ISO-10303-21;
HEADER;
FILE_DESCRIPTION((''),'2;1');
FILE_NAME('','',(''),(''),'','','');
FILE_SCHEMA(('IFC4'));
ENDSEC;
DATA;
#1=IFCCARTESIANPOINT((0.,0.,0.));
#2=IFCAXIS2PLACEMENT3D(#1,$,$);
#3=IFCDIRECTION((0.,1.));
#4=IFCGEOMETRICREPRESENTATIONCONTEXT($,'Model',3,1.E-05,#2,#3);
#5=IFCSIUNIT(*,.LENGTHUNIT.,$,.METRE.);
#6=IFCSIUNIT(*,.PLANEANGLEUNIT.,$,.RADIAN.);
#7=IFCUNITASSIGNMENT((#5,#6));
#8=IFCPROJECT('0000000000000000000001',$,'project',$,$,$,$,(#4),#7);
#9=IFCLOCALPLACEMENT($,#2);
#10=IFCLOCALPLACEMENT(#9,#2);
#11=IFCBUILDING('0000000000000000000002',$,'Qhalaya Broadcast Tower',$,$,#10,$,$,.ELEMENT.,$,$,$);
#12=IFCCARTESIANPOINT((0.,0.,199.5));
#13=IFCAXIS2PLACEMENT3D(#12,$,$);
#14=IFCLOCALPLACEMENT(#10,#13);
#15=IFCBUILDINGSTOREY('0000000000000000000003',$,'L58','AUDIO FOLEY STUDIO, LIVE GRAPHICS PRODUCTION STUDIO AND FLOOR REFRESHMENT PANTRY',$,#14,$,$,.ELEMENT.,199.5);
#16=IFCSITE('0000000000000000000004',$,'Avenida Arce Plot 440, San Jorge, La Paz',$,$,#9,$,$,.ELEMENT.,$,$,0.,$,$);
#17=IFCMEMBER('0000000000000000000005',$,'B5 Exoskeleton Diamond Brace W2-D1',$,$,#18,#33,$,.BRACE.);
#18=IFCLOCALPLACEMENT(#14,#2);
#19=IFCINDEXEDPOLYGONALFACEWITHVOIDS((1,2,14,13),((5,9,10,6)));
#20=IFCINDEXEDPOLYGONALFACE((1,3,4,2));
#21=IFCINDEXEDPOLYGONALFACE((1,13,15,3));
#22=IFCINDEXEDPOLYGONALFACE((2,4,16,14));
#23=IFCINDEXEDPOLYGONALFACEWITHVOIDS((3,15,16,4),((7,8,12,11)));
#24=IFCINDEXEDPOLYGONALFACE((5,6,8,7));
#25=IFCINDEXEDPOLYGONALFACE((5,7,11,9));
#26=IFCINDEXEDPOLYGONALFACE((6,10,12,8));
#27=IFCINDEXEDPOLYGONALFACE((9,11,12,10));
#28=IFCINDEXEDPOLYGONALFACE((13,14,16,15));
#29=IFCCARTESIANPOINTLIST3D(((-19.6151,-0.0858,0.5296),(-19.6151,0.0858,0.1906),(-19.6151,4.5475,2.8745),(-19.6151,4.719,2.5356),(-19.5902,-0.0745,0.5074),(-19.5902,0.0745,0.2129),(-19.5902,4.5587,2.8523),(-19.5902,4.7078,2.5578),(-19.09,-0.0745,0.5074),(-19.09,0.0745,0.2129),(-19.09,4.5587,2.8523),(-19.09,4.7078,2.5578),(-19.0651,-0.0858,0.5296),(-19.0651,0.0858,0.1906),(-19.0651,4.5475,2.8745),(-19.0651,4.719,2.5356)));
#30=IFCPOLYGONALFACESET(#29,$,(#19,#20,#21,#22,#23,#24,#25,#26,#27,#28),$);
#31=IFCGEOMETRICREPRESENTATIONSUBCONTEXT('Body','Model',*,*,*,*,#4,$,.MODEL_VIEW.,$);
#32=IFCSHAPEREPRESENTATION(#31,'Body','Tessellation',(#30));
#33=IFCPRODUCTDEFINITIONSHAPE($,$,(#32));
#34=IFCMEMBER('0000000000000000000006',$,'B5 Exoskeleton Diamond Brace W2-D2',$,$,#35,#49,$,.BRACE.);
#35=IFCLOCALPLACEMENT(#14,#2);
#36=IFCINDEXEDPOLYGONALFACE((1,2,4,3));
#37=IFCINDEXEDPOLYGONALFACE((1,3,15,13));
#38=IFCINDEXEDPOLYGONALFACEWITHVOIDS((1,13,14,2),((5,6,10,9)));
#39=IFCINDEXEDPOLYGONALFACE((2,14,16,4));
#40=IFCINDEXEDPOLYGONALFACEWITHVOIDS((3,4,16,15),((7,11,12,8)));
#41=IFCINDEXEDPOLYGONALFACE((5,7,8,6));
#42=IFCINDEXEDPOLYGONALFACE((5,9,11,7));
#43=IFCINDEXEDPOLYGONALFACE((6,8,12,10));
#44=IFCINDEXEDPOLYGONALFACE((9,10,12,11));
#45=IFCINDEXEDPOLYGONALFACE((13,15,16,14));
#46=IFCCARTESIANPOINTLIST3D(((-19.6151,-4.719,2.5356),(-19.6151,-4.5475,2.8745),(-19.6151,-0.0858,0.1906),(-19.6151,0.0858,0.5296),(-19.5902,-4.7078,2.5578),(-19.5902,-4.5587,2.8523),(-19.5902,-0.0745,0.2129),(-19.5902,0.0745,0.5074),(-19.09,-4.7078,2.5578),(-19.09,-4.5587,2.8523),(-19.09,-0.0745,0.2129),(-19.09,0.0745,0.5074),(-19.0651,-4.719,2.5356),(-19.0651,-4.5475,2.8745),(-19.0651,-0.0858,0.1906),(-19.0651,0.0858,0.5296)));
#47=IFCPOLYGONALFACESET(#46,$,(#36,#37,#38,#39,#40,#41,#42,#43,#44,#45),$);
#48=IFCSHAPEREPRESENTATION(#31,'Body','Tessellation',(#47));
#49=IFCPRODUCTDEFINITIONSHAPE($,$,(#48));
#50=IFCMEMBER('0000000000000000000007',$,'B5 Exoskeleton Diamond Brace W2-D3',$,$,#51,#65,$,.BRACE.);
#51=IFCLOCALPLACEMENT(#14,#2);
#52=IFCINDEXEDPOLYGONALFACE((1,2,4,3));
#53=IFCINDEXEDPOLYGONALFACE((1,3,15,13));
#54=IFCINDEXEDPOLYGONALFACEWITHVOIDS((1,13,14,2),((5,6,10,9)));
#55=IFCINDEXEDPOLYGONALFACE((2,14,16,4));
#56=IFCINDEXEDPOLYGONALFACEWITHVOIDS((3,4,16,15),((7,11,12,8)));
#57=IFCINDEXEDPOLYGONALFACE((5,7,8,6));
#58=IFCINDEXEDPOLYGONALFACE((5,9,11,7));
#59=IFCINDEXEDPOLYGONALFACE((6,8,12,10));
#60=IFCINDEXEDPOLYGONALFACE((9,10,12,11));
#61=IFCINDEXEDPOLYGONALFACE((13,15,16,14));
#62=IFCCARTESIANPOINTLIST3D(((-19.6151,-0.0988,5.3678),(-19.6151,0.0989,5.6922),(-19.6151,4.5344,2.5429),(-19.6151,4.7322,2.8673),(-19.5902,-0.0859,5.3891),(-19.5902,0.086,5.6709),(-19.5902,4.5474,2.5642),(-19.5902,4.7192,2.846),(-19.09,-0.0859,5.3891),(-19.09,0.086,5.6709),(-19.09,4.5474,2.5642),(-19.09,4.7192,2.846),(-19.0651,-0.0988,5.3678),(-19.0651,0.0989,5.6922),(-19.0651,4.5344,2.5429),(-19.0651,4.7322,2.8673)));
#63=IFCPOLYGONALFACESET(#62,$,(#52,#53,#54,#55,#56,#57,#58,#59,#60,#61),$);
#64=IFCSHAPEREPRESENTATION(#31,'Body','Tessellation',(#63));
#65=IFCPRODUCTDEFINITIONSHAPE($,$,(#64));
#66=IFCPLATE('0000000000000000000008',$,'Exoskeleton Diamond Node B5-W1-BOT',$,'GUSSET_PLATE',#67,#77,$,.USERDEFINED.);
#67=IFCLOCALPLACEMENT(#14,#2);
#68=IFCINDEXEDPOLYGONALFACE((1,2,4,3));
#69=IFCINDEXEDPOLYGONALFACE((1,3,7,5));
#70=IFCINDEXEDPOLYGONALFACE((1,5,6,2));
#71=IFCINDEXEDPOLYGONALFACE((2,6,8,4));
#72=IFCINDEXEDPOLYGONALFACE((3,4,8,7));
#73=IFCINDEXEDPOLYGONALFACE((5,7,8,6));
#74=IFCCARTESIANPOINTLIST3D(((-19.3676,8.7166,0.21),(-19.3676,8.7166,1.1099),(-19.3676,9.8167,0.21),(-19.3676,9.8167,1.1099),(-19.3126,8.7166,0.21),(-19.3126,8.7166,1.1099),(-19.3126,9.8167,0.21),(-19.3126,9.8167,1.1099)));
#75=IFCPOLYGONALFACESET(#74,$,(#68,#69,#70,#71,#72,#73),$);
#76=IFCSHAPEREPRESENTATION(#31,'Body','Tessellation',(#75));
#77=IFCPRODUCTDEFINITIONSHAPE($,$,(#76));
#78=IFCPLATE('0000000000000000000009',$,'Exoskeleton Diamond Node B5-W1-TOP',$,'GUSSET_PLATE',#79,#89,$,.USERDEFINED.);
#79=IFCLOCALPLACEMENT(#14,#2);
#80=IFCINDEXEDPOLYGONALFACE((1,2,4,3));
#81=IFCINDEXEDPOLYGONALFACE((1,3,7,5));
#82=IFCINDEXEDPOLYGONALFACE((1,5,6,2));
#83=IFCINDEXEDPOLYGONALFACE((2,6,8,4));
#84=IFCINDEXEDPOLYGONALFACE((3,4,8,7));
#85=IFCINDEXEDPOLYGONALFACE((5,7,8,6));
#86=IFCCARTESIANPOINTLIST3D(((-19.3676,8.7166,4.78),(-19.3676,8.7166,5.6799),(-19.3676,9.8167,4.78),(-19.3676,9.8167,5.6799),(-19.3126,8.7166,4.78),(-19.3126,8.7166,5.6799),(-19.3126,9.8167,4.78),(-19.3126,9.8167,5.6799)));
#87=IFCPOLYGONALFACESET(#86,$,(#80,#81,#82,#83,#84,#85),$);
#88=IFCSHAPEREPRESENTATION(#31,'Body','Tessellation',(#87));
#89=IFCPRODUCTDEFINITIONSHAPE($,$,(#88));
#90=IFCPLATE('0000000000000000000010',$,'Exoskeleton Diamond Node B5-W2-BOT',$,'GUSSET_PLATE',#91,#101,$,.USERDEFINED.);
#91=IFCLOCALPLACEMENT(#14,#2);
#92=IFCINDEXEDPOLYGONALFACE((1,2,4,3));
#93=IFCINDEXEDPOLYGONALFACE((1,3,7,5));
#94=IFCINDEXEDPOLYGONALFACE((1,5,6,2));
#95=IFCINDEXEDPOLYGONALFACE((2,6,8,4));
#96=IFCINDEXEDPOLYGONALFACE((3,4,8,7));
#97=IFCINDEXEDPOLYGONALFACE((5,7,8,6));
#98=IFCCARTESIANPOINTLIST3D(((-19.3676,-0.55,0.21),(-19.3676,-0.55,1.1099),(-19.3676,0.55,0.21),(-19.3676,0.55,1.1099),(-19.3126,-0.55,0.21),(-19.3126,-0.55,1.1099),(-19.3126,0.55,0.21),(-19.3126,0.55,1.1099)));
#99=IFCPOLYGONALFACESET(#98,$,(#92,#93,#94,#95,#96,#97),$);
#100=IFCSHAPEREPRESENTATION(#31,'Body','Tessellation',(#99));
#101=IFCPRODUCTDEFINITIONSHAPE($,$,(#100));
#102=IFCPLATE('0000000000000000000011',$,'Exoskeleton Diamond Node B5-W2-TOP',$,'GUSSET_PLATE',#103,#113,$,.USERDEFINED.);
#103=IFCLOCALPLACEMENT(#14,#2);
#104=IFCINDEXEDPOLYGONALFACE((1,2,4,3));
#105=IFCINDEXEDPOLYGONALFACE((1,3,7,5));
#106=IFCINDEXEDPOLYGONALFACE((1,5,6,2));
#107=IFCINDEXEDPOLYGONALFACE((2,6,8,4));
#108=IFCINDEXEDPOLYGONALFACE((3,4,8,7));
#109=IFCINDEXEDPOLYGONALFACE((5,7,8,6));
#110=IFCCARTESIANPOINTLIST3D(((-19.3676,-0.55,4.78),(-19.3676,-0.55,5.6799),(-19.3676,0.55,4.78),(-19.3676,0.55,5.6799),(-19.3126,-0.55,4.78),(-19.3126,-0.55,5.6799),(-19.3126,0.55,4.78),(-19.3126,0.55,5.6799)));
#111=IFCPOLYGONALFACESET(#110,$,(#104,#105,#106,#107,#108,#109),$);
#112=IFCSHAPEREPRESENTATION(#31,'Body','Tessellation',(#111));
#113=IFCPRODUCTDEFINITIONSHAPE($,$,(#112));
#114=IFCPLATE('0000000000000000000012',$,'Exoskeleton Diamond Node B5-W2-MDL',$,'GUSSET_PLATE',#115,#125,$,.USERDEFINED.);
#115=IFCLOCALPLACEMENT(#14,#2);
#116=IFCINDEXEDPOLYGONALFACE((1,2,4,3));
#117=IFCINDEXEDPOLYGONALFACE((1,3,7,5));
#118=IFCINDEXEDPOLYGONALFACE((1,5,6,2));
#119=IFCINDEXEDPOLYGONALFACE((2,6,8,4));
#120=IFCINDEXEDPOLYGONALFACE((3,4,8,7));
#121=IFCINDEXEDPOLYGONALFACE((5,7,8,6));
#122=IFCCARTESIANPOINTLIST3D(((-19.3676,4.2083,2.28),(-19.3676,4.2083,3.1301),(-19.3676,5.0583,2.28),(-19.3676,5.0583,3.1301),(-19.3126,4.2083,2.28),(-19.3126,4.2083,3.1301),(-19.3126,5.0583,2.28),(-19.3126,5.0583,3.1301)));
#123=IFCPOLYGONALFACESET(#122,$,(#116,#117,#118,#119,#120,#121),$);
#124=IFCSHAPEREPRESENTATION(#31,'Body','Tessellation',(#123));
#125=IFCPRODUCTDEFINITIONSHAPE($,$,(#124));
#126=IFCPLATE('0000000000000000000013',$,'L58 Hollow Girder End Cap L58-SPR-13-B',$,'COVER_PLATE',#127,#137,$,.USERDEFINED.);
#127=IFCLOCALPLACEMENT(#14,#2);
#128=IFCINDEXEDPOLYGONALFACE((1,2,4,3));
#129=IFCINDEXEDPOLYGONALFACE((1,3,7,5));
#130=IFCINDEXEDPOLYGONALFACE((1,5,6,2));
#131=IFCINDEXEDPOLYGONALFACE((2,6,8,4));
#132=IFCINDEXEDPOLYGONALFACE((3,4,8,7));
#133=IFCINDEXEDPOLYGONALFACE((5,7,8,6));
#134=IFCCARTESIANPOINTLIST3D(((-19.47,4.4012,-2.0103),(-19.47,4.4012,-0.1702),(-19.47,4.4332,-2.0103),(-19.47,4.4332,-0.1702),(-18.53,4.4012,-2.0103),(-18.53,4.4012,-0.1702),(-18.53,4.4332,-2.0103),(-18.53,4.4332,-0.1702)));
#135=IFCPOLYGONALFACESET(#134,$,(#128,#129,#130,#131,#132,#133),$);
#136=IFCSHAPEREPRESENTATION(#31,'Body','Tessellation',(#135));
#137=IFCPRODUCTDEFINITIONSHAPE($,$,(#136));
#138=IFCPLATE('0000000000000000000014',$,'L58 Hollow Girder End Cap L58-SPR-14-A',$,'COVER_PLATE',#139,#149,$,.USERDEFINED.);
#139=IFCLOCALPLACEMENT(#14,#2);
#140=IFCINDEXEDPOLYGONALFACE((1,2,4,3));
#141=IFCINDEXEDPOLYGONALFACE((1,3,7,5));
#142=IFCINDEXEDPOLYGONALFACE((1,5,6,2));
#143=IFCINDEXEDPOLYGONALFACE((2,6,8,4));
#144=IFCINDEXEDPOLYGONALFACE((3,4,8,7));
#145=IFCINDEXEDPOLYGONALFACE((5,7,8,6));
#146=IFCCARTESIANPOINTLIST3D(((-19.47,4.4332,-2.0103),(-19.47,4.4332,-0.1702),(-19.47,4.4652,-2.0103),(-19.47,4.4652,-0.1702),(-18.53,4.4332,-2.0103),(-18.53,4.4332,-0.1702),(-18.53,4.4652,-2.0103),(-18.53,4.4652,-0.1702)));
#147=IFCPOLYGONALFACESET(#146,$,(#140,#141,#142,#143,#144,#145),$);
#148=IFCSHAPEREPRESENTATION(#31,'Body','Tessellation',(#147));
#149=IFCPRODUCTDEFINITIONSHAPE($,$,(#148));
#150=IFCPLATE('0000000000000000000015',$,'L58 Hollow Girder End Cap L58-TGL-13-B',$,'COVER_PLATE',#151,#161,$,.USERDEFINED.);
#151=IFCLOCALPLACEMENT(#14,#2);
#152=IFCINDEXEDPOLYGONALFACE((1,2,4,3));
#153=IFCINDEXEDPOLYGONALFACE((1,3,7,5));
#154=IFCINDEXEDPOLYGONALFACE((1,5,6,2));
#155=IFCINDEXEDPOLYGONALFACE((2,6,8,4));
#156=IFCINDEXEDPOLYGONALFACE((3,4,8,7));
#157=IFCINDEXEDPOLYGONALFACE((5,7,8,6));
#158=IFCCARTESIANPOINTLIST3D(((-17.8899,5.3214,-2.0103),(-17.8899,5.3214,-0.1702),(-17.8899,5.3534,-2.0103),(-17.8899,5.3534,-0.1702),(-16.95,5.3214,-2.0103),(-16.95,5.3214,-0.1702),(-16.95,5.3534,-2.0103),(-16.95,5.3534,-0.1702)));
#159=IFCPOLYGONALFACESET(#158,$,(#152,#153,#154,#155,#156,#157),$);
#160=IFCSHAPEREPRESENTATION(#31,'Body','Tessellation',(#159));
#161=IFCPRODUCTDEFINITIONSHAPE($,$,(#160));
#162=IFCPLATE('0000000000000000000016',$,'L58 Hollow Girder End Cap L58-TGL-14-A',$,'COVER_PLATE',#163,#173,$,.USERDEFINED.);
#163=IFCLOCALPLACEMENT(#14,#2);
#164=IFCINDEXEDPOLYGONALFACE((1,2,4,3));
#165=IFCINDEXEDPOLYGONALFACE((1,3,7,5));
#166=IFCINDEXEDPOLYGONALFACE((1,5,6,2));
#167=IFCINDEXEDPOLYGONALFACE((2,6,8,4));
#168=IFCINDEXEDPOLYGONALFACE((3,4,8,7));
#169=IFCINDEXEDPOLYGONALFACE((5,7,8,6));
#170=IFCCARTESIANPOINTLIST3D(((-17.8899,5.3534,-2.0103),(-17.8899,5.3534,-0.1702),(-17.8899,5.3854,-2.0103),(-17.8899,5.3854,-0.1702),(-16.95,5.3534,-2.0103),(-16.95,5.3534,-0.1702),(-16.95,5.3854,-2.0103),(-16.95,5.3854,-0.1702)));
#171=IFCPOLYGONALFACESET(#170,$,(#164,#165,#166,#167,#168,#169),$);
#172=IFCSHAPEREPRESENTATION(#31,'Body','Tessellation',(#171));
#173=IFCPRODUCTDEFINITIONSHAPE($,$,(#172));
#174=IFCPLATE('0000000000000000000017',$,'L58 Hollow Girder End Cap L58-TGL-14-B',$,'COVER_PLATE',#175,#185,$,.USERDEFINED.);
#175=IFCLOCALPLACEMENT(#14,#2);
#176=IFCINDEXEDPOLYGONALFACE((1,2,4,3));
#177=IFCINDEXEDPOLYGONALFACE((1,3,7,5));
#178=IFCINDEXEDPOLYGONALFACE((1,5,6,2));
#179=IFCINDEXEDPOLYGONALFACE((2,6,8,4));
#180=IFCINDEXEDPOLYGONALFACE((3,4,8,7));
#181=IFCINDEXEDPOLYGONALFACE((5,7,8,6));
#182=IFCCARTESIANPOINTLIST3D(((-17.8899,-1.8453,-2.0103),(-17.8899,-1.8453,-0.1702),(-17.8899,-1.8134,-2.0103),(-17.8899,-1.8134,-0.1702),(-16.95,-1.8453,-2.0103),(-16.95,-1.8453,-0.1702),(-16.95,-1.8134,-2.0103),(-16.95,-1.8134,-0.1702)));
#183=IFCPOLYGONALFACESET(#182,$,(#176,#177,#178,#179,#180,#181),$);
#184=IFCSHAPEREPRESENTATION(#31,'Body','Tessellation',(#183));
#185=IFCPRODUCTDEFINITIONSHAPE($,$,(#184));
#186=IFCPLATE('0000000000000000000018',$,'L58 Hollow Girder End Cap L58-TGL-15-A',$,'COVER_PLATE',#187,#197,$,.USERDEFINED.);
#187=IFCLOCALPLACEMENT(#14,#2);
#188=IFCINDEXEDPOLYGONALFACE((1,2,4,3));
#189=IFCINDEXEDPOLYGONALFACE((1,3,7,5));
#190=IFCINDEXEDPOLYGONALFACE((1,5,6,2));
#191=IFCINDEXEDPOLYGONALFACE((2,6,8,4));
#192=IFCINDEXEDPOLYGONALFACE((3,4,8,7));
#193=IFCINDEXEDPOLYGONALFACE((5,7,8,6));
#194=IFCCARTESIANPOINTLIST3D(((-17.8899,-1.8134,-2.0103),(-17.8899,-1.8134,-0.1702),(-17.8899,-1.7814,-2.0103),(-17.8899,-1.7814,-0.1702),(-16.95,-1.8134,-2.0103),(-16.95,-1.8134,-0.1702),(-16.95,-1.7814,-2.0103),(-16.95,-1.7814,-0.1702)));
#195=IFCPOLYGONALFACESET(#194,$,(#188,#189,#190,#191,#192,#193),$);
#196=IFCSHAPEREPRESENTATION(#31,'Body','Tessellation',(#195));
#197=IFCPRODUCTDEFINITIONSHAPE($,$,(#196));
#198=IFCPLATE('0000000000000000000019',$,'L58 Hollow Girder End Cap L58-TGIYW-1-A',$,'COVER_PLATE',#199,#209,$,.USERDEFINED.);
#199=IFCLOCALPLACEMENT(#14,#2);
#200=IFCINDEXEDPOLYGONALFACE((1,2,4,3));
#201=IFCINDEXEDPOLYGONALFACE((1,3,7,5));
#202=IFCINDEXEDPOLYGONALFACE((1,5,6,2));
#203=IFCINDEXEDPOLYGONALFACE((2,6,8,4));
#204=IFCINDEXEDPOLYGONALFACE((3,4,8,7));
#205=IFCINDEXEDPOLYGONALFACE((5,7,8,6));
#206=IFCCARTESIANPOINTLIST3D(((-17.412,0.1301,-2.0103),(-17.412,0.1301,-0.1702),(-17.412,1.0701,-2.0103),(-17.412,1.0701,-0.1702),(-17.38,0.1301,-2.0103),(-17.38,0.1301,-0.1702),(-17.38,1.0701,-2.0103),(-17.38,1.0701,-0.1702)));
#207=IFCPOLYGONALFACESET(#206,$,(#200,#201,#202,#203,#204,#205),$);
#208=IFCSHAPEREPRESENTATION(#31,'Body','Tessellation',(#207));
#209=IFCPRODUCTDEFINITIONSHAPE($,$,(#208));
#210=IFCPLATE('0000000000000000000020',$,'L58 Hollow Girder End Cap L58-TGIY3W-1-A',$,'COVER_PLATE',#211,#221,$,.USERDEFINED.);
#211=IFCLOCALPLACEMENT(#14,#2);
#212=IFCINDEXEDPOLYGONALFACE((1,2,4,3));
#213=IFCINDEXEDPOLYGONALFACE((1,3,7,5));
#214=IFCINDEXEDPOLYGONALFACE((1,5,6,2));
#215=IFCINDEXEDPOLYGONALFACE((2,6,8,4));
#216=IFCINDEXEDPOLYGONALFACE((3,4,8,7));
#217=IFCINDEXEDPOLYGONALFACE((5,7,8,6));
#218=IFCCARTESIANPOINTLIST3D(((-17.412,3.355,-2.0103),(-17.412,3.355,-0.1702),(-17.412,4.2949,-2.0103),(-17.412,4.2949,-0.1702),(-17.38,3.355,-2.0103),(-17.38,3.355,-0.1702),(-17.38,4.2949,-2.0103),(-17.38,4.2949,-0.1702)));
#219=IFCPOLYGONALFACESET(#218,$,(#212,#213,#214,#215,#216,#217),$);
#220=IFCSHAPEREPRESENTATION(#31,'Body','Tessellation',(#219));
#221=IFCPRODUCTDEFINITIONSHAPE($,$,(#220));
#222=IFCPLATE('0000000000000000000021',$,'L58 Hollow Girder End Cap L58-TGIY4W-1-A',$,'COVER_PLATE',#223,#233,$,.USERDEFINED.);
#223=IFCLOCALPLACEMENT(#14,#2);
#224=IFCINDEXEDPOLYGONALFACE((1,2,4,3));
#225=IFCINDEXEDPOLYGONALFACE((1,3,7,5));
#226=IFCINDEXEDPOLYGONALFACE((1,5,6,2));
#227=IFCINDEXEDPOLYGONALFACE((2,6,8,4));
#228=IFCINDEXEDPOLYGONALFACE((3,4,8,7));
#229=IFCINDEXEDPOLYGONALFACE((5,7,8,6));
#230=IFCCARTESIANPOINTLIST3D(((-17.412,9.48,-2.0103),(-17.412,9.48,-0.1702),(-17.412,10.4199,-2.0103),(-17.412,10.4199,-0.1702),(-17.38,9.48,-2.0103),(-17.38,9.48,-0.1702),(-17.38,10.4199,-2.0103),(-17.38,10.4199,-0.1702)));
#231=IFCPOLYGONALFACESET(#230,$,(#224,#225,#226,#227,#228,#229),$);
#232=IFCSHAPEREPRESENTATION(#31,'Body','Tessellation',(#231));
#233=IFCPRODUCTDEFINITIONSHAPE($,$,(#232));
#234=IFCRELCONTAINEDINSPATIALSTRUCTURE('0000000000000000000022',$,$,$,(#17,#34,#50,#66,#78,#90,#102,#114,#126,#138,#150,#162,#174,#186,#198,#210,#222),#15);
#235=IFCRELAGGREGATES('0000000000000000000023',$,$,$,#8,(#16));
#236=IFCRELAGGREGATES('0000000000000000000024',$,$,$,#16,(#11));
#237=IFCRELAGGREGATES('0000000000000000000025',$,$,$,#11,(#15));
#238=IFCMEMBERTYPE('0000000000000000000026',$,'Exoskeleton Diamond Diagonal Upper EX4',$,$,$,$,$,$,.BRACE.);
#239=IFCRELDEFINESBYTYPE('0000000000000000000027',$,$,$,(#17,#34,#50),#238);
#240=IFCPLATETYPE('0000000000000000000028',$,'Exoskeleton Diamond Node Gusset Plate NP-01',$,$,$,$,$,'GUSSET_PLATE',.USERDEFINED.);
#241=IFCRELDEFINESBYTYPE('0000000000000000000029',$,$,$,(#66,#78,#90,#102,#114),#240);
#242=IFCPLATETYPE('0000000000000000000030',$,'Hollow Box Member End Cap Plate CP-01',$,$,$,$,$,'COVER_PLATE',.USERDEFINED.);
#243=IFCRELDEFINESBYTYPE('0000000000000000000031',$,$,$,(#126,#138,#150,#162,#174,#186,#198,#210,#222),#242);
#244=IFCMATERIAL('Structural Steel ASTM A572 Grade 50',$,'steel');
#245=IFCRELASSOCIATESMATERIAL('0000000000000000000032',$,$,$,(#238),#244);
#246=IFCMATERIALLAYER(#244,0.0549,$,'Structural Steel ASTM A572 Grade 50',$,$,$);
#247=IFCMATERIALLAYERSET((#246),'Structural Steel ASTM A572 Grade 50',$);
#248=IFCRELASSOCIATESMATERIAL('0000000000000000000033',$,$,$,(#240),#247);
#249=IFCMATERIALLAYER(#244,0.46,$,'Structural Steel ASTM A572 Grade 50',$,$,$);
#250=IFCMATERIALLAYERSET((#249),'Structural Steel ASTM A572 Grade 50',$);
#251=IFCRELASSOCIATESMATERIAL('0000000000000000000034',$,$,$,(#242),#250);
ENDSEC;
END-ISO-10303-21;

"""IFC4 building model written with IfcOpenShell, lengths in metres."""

from ifc_helpers import new_model, si_unit, direction, frame, origin, origin_2d, place, context, subcontext, project, spatial, rectangle, hollow_rectangle, extrude, material, layer, layer_set, material_profile, profile_set, type_object, element, save


model = new_model("IFC4")

# Units and contexts
model_context = context("Model", 3, precision=1e-05, world=origin(), true_north=direction((0.0, 1.0)))
body_context = subcontext(model_context, "Body", "Model", "MODEL_VIEW")
ifc_project = project(units=[si_unit("LENGTHUNIT", "METRE"), si_unit("PLANEANGLEUNIT", "RADIAN")], contexts=[model_context])

# Site, building, storey
site_placement = place(None, origin())
site = spatial("IfcSite", under=ifc_project, at=site_placement, Name="Avenida Arce Plot 440, San Jorge, La Paz", CompositionType="ELEMENT", RefElevation=0.0)
building_placement = place(site_placement, origin())
building = spatial("IfcBuilding", under=site, at=building_placement, Name="Qhalaya Broadcast Tower", CompositionType="ELEMENT")
storey_placement = place(building_placement, frame((0.0, 0.0, 199.5)))
storey = spatial("IfcBuildingStorey", under=building, at=storey_placement, Name="L58", Description="AUDIO FOLEY STUDIO, LIVE GRAPHICS PRODUCTION STUDIO AND FLOOR REFRESHMENT PANTRY", CompositionType="ELEMENT", Elevation=199.5)

# Shared definitions
ifc_material_1 = material(Name="Structural Steel ASTM A572 Grade 50", Category="steel")

# Members
ifc_material_profile_1 = material_profile(ifc_material_1, hollow_rectangle(XDim=0.3799, YDim=0.55, WallThickness=0.0249, at=origin_2d()), Name="BOX 380x550x25")
ifc_profile_set_1 = profile_set([ifc_material_profile_1], Name="Structural Steel ASTM A572 Grade 50")
member_type = type_object("IfcMemberType", Name="Exoskeleton Diamond Diagonal Upper EX4", PredefinedType="BRACE", material=ifc_profile_set_1)
for number, where, z_axis, x_axis, name in (
    (1, (-19.3401, 0.0, 0.3601), (0.0, 0.892235, 0.451571), (0.0, -0.451571, 0.892235), "B5 Exoskeleton Diamond Brace W2-D1"),
    (2, (-19.3401, 0.0, 0.3601), (0.0, -0.892235, 0.451571), (0.0, 0.451571, 0.892235), "B5 Exoskeleton Diamond Brace W2-D2"),
):
    element("IfcMember", number, at=place(storey_placement, frame(where, z_axis=z_axis, x_axis=x_axis)), inside=storey, type_object=member_type, Name=name, PredefinedType="BRACE", context=body_context, shape_type="SweptSolid", body=[
        extrude(hollow_rectangle(XDim=0.3799, YDim=0.55, WallThickness=0.0249, at=origin_2d()), origin(), (0.0, 0.0, 1.0), 5.1929),
    ])
member_1_placement = place(storey_placement, frame((-19.3401, 4.6333, 2.7051), z_axis=(0.0, -0.853815, 0.520576), x_axis=(0.0, 0.520576, 0.853815)))
element("IfcMember", 3, at=member_1_placement, inside=storey, type_object=member_type, Name="B5 Exoskeleton Diamond Brace W2-D3", PredefinedType="BRACE", context=body_context, shape_type="SweptSolid", body=[
    extrude(hollow_rectangle(XDim=0.3799, YDim=0.55, WallThickness=0.0249, at=origin_2d()), origin(), (0.0, 0.0, 1.0), 5.4265),
])

# Plates
ifc_layer_1 = layer(ifc_material_1, 0.0549, Name="Structural Steel ASTM A572 Grade 50")
ifc_layer_set_1 = layer_set([ifc_layer_1], Name="Structural Steel ASTM A572 Grade 50")
plate_type_1 = type_object("IfcPlateType", Name="Exoskeleton Diamond Node Gusset Plate NP-01", ElementType="GUSSET_PLATE", PredefinedType="USERDEFINED", material=ifc_layer_set_1)
for number, where, z_axis, x_axis, name in (
    (4, (-19.3401, 9.2666, 0.21), (0.0, 0.0, 1.0), (0.0, 1.0, 0.0), "Exoskeleton Diamond Node B5-W1-BOT"),
    (5, (-19.3401, 9.2666, 4.78), (0.0, 0.0, 1.0), (0.0, 1.0, 0.0), "Exoskeleton Diamond Node B5-W1-TOP"),
    (6, (-19.3401, 0.0, 0.21), (0.0, 0.0, 1.0), (0.0, 1.0, 0.0), "Exoskeleton Diamond Node B5-W2-BOT"),
    (7, (-19.3401, 0.0, 4.78), (0.0, 0.0, 1.0), (0.0, 1.0, 0.0), "Exoskeleton Diamond Node B5-W2-TOP"),
):
    element("IfcPlate", number, at=place(storey_placement, frame(where, z_axis=z_axis, x_axis=x_axis)), inside=storey, type_object=plate_type_1, Name=name, ObjectType="GUSSET_PLATE", PredefinedType="USERDEFINED", context=body_context, shape_type="SweptSolid", body=[
        extrude(rectangle(XDim=1.1001, YDim=0.0549, at=origin_2d()), origin(), (0.0, 0.0, 1.0), 0.8999),
    ])
plate_1_placement = place(storey_placement, frame((-19.3401, 4.6333, 2.28), z_axis=(0.0, 0.0, 1.0), x_axis=(0.0, 1.0, 0.0)))
element("IfcPlate", 8, at=plate_1_placement, inside=storey, type_object=plate_type_1, Name="Exoskeleton Diamond Node B5-W2-MDL", ObjectType="GUSSET_PLATE", PredefinedType="USERDEFINED", context=body_context, shape_type="SweptSolid", body=[
    extrude(rectangle(XDim=0.8501, YDim=0.0549, at=origin_2d()), origin(), (0.0, 0.0, 1.0), 0.8501),
])
ifc_layer_2 = layer(ifc_material_1, 0.46, Name="Structural Steel ASTM A572 Grade 50")
ifc_layer_set_2 = layer_set([ifc_layer_2], Name="Structural Steel ASTM A572 Grade 50")
plate_type_2 = type_object("IfcPlateType", Name="Hollow Box Member End Cap Plate CP-01", ElementType="COVER_PLATE", PredefinedType="USERDEFINED", material=ifc_layer_set_2)
for number, where, z_axis, x_axis, name in (
    (9, (-19.0, 4.4172, -2.0103), (0.0, 0.0, 1.0), (1.0, 0.0, 0.0), "L58 Hollow Girder End Cap L58-SPR-13-B"),
    (10, (-19.0, 4.4492, -2.0103), (0.0, 0.0, 1.0), (1.0, 0.0, 0.0), "L58 Hollow Girder End Cap L58-SPR-14-A"),
    (11, (-17.4199, 5.3374, -2.0103), (0.0, 0.0, 1.0), (1.0, 0.0, 0.0), "L58 Hollow Girder End Cap L58-TGL-13-B"),
    (12, (-17.4199, 5.3694, -2.0103), (0.0, 0.0, 1.0), (1.0, 0.0, 0.0), "L58 Hollow Girder End Cap L58-TGL-14-A"),
    (13, (-17.4199, -1.8293, -2.0103), (0.0, 0.0, 1.0), (1.0, 0.0, 0.0), "L58 Hollow Girder End Cap L58-TGL-14-B"),
    (14, (-17.4199, -1.7974, -2.0103), (0.0, 0.0, 1.0), (1.0, 0.0, 0.0), "L58 Hollow Girder End Cap L58-TGL-15-A"),
    (15, (-17.396, 0.6001, -2.0103), (0.0, 0.0, 1.0), (0.0, 1.0, 0.0), "L58 Hollow Girder End Cap L58-TGIYW-1-A"),
    (16, (-17.396, 3.825, -2.0103), (0.0, 0.0, 1.0), (0.0, 1.0, 0.0), "L58 Hollow Girder End Cap L58-TGIY3W-1-A"),
    (17, (-17.396, 9.95, -2.0103), (0.0, 0.0, 1.0), (0.0, 1.0, 0.0), "L58 Hollow Girder End Cap L58-TGIY4W-1-A"),
):
    element("IfcPlate", number, at=place(storey_placement, frame(where, z_axis=z_axis, x_axis=x_axis)), inside=storey, type_object=plate_type_2, Name=name, ObjectType="COVER_PLATE", PredefinedType="USERDEFINED", context=body_context, shape_type="SweptSolid", body=[
        extrude(rectangle(XDim=0.9399, YDim=0.032, at=origin_2d()), origin(), (0.0, 0.0, 1.0), 1.8401),
    ])

save(model, "model.ifc")
